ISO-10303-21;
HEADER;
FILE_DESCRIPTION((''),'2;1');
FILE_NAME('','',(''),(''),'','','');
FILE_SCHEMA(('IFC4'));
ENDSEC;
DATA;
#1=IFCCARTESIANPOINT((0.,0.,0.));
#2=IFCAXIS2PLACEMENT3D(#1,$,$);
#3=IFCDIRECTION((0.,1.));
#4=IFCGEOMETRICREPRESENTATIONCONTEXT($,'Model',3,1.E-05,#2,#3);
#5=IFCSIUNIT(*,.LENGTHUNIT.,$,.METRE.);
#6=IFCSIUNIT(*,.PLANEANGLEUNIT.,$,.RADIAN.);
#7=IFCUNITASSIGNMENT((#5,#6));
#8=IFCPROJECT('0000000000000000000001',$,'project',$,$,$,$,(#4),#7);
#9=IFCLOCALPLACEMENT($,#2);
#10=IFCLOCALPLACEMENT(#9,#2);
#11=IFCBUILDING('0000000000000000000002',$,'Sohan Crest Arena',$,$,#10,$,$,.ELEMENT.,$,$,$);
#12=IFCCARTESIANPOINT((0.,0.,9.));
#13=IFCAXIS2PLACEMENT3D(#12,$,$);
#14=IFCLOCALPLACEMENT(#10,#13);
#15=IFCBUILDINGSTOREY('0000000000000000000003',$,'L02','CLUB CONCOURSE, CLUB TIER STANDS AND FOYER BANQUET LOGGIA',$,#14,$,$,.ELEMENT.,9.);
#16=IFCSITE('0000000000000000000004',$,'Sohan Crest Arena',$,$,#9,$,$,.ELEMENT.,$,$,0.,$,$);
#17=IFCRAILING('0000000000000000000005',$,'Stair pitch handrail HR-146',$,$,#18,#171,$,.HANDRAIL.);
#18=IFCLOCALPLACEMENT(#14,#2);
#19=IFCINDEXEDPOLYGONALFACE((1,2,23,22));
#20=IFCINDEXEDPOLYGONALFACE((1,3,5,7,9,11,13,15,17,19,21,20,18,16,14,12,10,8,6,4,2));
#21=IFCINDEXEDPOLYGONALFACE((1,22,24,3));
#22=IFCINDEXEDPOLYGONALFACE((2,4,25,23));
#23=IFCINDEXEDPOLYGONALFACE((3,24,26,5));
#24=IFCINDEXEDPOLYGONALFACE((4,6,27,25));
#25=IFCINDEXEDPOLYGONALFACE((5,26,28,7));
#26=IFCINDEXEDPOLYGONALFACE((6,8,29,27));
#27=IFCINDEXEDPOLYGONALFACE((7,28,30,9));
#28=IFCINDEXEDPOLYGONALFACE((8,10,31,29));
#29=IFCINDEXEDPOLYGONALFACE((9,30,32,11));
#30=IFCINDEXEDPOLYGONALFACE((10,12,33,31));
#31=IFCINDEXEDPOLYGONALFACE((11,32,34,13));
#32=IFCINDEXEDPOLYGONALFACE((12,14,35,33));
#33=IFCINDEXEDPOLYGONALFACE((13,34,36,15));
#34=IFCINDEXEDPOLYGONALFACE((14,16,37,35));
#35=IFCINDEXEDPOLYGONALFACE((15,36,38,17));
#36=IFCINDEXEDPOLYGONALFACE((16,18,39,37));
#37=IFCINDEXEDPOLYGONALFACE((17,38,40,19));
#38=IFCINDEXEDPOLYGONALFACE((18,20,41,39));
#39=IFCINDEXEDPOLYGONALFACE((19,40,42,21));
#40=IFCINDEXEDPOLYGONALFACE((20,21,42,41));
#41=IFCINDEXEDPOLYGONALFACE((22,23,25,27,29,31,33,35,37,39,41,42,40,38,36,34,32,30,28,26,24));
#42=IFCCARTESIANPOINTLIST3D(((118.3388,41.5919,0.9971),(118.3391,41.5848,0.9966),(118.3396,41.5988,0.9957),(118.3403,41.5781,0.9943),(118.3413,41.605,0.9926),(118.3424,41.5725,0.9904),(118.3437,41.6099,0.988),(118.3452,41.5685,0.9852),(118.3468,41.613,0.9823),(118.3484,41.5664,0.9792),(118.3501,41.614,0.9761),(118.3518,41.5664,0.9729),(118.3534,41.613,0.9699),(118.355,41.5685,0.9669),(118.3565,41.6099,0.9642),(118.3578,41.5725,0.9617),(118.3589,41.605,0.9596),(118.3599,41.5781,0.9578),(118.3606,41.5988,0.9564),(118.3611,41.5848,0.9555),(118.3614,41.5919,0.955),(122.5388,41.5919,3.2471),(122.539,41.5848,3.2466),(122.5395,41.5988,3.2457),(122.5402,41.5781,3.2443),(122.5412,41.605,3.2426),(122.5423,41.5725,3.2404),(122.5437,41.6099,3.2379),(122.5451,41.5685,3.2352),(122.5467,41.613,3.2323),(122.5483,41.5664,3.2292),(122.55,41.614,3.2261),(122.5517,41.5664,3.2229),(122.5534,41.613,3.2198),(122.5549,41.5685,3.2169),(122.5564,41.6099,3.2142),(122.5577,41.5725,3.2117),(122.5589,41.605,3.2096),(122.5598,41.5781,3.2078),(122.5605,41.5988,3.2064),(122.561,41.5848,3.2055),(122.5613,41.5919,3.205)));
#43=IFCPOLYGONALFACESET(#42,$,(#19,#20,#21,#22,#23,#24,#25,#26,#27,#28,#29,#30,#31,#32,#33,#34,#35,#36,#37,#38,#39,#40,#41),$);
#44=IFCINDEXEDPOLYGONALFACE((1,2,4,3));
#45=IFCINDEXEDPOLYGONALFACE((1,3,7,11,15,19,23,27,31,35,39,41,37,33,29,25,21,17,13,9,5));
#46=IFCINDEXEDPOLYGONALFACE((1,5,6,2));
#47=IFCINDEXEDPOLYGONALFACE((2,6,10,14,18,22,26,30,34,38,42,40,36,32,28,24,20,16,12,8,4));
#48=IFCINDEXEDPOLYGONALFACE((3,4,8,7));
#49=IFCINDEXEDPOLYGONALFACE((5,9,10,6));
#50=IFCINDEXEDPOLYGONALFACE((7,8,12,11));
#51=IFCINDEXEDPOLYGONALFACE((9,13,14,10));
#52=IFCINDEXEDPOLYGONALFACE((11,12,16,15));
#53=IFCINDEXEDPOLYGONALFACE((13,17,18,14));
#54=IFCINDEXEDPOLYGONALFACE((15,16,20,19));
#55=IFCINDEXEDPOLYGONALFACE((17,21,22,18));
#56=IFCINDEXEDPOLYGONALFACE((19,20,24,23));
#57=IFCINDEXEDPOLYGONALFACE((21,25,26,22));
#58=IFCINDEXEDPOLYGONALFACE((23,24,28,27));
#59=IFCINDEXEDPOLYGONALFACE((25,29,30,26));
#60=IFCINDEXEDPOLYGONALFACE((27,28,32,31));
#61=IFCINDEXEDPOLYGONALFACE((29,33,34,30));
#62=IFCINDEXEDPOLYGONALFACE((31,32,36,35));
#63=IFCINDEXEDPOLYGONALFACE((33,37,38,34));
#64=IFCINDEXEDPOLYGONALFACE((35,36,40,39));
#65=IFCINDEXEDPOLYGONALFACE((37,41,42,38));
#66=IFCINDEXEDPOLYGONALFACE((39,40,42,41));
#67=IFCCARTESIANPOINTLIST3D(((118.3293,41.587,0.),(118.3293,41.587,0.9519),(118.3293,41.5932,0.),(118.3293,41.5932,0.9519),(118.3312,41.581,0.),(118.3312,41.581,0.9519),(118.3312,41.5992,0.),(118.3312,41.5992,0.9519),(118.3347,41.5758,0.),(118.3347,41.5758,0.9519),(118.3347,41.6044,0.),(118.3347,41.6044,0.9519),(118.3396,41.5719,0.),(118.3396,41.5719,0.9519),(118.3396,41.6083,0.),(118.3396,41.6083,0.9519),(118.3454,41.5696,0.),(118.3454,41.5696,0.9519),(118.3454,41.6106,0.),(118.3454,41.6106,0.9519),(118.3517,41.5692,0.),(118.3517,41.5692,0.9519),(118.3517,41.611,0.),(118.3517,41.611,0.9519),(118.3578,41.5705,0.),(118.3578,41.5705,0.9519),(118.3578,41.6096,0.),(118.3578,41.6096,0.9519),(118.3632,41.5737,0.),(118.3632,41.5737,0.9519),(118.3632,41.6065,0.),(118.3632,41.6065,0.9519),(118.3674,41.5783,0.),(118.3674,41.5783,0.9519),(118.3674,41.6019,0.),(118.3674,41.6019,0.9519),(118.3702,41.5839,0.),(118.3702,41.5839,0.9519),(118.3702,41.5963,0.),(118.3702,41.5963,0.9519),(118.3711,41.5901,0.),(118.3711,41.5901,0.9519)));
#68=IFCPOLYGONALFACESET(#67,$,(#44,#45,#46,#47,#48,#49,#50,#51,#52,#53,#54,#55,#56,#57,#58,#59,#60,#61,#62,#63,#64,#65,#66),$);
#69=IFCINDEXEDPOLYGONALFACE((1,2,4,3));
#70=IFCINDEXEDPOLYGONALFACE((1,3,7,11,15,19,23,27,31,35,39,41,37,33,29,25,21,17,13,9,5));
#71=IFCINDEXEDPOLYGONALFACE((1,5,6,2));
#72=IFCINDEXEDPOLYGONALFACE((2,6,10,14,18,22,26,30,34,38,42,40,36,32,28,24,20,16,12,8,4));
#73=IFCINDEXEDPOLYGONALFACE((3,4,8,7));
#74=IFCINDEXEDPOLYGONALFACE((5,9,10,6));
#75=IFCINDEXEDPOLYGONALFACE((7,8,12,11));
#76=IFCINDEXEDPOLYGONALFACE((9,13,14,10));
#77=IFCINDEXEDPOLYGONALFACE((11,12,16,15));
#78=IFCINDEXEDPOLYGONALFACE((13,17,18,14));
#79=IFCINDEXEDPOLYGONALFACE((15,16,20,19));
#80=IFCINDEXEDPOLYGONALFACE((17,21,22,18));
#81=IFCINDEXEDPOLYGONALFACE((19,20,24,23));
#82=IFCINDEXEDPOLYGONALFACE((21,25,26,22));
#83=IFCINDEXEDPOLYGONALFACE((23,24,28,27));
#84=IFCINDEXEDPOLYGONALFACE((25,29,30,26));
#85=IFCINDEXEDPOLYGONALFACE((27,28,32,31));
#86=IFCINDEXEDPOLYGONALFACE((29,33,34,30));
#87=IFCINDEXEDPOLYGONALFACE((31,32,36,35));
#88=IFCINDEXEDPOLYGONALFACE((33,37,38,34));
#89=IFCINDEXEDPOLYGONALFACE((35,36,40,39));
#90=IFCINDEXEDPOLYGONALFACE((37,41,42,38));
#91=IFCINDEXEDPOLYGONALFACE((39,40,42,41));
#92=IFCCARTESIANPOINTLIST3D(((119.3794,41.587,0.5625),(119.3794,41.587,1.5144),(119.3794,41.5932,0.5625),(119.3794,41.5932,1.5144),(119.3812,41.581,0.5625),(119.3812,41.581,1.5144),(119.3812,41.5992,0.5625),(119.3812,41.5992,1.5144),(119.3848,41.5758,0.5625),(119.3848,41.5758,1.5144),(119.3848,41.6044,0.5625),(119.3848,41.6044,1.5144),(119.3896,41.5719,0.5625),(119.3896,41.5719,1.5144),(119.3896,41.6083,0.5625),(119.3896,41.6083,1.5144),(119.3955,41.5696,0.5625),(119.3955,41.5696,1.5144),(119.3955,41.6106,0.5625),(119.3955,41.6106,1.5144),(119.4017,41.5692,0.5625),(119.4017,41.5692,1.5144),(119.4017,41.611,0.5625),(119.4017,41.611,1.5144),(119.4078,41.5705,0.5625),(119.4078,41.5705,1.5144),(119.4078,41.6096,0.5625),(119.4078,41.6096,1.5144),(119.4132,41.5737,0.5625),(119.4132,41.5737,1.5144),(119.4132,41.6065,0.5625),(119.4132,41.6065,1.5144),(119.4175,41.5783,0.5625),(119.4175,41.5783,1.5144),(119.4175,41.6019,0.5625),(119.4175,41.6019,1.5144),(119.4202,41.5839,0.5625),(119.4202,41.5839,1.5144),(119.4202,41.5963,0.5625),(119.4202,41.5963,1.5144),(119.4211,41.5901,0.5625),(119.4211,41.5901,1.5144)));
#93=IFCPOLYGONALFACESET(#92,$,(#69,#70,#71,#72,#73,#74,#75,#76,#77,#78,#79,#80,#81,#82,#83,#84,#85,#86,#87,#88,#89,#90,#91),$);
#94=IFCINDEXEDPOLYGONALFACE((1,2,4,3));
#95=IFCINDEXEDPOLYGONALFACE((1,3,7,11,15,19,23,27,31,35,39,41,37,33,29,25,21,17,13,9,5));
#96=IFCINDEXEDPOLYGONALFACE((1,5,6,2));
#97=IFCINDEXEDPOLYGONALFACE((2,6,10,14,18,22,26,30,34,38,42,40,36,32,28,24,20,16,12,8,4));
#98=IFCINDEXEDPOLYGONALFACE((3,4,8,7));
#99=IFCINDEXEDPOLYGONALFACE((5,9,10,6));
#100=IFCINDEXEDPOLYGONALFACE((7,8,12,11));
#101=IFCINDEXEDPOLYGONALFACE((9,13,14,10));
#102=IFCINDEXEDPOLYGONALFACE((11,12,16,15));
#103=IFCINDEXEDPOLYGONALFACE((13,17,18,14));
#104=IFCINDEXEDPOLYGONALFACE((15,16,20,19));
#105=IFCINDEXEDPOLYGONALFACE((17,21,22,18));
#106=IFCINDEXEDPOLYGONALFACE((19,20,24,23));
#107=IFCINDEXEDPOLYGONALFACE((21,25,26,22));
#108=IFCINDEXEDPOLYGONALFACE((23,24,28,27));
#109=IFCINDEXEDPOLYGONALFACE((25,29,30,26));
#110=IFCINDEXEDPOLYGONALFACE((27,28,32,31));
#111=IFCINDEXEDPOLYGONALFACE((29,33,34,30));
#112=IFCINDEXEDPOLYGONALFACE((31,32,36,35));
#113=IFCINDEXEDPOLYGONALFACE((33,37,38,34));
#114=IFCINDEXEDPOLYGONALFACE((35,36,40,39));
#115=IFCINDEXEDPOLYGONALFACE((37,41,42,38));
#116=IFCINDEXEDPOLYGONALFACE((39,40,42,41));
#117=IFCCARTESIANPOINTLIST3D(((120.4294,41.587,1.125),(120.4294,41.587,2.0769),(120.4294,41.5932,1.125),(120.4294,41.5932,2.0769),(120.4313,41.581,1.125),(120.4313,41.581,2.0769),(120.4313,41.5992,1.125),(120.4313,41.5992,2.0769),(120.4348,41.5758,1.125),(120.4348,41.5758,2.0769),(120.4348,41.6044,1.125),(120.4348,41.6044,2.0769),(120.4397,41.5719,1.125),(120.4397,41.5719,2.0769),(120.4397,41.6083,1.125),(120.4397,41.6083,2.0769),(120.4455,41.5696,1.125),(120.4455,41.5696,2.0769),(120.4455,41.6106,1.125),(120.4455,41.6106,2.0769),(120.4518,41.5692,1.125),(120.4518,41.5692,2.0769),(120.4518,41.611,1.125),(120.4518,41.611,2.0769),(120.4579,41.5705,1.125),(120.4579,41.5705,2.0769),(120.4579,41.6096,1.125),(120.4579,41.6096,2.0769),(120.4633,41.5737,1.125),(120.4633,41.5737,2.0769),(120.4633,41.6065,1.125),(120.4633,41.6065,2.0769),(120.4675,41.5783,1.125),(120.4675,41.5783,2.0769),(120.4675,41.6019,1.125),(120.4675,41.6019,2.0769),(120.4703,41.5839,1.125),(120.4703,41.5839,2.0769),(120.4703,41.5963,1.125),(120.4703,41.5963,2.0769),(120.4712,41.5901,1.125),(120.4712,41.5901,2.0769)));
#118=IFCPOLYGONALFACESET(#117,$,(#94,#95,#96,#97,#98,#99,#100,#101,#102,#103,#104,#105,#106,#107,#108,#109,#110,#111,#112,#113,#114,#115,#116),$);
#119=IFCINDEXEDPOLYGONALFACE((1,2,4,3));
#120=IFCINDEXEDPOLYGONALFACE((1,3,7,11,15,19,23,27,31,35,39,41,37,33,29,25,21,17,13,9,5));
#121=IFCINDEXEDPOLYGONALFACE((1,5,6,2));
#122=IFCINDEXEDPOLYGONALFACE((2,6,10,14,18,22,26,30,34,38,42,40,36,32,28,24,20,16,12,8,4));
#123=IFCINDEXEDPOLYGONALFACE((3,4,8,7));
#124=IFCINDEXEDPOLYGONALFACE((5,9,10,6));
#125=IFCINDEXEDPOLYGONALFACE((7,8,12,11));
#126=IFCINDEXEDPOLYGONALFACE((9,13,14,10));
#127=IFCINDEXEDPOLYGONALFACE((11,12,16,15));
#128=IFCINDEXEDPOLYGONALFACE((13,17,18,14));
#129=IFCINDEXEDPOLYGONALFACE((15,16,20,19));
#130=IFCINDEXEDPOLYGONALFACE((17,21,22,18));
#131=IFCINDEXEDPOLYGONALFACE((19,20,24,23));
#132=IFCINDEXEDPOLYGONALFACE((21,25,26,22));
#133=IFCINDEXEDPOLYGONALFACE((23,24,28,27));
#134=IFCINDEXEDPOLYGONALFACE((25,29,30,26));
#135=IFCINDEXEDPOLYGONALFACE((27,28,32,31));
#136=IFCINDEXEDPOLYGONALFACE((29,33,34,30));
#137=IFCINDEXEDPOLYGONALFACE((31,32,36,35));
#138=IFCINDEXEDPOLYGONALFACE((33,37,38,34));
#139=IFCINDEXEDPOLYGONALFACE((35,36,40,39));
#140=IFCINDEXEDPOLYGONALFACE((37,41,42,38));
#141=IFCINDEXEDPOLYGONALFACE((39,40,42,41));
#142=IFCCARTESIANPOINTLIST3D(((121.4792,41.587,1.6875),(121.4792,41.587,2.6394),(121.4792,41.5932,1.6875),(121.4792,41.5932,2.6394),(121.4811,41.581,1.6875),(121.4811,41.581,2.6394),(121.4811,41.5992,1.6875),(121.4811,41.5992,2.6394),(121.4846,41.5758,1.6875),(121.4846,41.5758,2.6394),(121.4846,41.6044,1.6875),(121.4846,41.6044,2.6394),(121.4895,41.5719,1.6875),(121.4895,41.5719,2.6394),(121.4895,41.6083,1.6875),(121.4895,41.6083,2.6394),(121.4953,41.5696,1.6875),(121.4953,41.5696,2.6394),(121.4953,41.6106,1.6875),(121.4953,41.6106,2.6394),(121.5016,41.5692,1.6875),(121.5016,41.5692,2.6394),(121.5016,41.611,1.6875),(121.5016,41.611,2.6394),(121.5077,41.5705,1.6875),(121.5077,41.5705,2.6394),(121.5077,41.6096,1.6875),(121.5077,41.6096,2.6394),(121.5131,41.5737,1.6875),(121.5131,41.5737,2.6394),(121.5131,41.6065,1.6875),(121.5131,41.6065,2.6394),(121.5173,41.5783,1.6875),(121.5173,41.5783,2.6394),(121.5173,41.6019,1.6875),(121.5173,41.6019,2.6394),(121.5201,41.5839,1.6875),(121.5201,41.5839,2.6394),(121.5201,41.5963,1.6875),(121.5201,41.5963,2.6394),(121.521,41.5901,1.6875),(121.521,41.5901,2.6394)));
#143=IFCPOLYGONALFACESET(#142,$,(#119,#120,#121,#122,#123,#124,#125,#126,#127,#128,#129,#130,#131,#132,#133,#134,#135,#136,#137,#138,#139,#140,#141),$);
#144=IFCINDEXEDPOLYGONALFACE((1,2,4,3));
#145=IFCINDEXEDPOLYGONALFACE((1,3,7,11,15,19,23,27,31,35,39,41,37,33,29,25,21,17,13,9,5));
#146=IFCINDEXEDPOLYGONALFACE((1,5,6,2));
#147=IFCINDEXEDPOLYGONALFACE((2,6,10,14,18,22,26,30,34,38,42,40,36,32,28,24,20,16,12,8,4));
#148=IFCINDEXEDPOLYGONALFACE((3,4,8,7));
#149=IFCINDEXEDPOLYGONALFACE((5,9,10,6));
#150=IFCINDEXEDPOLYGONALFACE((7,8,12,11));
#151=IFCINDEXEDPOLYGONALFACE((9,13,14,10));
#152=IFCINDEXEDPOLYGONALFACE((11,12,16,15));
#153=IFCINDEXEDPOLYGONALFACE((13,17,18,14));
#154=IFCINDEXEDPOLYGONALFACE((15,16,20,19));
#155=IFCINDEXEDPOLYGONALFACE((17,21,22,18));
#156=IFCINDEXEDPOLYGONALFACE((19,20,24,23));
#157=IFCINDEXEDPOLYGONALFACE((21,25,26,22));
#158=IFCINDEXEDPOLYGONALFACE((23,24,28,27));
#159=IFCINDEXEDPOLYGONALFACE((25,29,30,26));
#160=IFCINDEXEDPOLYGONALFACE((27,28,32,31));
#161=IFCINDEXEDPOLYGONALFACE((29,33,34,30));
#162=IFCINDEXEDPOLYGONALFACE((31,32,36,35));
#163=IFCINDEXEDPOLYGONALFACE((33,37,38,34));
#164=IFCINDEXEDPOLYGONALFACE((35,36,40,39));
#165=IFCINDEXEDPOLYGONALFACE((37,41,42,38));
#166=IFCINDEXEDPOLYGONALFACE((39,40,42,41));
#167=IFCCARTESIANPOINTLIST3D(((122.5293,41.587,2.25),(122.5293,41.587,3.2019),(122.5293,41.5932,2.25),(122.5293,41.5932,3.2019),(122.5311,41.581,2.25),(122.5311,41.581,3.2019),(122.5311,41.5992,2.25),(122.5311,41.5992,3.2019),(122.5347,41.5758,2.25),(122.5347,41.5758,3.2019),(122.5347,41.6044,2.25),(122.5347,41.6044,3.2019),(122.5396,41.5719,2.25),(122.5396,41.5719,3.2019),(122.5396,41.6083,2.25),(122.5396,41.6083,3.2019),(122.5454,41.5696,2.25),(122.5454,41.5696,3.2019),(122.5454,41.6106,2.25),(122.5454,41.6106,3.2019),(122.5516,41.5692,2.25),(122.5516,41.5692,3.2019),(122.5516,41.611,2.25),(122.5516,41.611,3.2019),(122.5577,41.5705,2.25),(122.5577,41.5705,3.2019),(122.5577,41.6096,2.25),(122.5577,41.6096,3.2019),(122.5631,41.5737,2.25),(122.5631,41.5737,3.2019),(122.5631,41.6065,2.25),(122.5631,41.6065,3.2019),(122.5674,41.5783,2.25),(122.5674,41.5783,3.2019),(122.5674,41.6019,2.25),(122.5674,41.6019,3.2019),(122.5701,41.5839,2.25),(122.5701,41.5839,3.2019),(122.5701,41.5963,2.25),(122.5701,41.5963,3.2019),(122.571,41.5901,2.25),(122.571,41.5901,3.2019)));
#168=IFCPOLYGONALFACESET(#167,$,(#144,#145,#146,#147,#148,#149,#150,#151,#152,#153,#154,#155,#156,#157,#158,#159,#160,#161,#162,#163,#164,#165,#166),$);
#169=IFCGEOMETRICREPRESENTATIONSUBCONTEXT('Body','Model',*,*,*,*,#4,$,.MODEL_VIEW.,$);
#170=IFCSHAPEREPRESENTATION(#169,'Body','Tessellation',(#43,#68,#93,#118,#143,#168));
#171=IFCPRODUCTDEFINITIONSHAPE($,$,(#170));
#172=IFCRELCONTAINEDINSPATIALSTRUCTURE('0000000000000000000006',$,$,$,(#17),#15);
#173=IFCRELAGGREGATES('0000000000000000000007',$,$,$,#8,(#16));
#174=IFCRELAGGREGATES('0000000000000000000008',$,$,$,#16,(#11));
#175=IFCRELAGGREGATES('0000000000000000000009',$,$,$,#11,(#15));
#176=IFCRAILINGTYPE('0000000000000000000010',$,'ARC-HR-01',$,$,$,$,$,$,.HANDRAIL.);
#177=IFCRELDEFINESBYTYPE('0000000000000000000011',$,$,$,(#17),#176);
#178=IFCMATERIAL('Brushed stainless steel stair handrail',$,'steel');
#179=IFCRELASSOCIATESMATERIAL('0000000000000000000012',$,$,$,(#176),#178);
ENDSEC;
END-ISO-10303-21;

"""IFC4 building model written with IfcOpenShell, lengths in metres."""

from ifc_helpers import new_model, si_unit, direction, frame, origin, origin_2d, place, context, subcontext, project, spatial, circle, extrude, material, type_object, element, save


model = new_model("IFC4")

# Units and contexts
model_context = context("Model", 3, precision=1e-05, world=origin(), true_north=direction((0.0, 1.0)))
body_context = subcontext(model_context, "Body", "Model", "MODEL_VIEW")
ifc_project = project(units=[si_unit("LENGTHUNIT", "METRE"), si_unit("PLANEANGLEUNIT", "RADIAN")], contexts=[model_context])

# Site, building, storey
site_placement = place(None, origin())
site = spatial("IfcSite", under=ifc_project, at=site_placement, Name="Sohan Crest Arena", CompositionType="ELEMENT", RefElevation=0.0)
building_placement = place(site_placement, origin())
building = spatial("IfcBuilding", under=site, at=building_placement, Name="Sohan Crest Arena", CompositionType="ELEMENT")
storey_placement = place(building_placement, frame((0.0, 0.0, 9.0)))
storey = spatial("IfcBuildingStorey", under=building, at=storey_placement, Name="L02", Description="CLUB CONCOURSE, CLUB TIER STANDS AND FOYER BANQUET LOGGIA", CompositionType="ELEMENT", Elevation=9.0)

# Railing
ifc_material_1 = material(Name="Brushed stainless steel stair handrail", Category="steel")
railing_type_1 = type_object("IfcRailingType", Name="ARC-HR-01", PredefinedType="HANDRAIL", material=ifc_material_1)
for number, where, name in (
    (1, (118.3501, 41.5901, 0.0), "Stair pitch handrail HR-146"),
):
    element("IfcRailing", number, at=place(storey_placement, frame(where)), inside=storey, type_object=railing_type_1, Name=name, PredefinedType="HANDRAIL", context=body_context, shape_type="SweptSolid", body=[
        extrude(circle(Radius=0.0239, at=origin_2d()), frame((0.0, 0.0, 0.9761), z_axis=(0.881478, 0.0, 0.472226), x_axis=(0.0, 1.0, 0.0)), (0.0, 0.0, 1.0), 4.7646),
        extrude(circle(Radius=0.021, at=origin_2d()), origin(), (0.0, 0.0, 1.0), 0.9519),
        extrude(circle(Radius=0.021, at=origin_2d()), frame((1.05, 0.0, 0.5625)), (0.0, 0.0, 1.0), 0.9519),
        extrude(circle(Radius=0.021, at=origin_2d()), frame((2.1001, 0.0, 1.125)), (0.0, 0.0, 1.0), 0.9519),
        extrude(circle(Radius=0.021, at=origin_2d()), frame((3.1499, 0.0, 1.6875)), (0.0, 0.0, 1.0), 0.9519),
        extrude(circle(Radius=0.021, at=origin_2d()), frame((4.2, 0.0, 2.25)), (0.0, 0.0, 1.0), 0.9519),
    ])

save(model, "model.ifc")
